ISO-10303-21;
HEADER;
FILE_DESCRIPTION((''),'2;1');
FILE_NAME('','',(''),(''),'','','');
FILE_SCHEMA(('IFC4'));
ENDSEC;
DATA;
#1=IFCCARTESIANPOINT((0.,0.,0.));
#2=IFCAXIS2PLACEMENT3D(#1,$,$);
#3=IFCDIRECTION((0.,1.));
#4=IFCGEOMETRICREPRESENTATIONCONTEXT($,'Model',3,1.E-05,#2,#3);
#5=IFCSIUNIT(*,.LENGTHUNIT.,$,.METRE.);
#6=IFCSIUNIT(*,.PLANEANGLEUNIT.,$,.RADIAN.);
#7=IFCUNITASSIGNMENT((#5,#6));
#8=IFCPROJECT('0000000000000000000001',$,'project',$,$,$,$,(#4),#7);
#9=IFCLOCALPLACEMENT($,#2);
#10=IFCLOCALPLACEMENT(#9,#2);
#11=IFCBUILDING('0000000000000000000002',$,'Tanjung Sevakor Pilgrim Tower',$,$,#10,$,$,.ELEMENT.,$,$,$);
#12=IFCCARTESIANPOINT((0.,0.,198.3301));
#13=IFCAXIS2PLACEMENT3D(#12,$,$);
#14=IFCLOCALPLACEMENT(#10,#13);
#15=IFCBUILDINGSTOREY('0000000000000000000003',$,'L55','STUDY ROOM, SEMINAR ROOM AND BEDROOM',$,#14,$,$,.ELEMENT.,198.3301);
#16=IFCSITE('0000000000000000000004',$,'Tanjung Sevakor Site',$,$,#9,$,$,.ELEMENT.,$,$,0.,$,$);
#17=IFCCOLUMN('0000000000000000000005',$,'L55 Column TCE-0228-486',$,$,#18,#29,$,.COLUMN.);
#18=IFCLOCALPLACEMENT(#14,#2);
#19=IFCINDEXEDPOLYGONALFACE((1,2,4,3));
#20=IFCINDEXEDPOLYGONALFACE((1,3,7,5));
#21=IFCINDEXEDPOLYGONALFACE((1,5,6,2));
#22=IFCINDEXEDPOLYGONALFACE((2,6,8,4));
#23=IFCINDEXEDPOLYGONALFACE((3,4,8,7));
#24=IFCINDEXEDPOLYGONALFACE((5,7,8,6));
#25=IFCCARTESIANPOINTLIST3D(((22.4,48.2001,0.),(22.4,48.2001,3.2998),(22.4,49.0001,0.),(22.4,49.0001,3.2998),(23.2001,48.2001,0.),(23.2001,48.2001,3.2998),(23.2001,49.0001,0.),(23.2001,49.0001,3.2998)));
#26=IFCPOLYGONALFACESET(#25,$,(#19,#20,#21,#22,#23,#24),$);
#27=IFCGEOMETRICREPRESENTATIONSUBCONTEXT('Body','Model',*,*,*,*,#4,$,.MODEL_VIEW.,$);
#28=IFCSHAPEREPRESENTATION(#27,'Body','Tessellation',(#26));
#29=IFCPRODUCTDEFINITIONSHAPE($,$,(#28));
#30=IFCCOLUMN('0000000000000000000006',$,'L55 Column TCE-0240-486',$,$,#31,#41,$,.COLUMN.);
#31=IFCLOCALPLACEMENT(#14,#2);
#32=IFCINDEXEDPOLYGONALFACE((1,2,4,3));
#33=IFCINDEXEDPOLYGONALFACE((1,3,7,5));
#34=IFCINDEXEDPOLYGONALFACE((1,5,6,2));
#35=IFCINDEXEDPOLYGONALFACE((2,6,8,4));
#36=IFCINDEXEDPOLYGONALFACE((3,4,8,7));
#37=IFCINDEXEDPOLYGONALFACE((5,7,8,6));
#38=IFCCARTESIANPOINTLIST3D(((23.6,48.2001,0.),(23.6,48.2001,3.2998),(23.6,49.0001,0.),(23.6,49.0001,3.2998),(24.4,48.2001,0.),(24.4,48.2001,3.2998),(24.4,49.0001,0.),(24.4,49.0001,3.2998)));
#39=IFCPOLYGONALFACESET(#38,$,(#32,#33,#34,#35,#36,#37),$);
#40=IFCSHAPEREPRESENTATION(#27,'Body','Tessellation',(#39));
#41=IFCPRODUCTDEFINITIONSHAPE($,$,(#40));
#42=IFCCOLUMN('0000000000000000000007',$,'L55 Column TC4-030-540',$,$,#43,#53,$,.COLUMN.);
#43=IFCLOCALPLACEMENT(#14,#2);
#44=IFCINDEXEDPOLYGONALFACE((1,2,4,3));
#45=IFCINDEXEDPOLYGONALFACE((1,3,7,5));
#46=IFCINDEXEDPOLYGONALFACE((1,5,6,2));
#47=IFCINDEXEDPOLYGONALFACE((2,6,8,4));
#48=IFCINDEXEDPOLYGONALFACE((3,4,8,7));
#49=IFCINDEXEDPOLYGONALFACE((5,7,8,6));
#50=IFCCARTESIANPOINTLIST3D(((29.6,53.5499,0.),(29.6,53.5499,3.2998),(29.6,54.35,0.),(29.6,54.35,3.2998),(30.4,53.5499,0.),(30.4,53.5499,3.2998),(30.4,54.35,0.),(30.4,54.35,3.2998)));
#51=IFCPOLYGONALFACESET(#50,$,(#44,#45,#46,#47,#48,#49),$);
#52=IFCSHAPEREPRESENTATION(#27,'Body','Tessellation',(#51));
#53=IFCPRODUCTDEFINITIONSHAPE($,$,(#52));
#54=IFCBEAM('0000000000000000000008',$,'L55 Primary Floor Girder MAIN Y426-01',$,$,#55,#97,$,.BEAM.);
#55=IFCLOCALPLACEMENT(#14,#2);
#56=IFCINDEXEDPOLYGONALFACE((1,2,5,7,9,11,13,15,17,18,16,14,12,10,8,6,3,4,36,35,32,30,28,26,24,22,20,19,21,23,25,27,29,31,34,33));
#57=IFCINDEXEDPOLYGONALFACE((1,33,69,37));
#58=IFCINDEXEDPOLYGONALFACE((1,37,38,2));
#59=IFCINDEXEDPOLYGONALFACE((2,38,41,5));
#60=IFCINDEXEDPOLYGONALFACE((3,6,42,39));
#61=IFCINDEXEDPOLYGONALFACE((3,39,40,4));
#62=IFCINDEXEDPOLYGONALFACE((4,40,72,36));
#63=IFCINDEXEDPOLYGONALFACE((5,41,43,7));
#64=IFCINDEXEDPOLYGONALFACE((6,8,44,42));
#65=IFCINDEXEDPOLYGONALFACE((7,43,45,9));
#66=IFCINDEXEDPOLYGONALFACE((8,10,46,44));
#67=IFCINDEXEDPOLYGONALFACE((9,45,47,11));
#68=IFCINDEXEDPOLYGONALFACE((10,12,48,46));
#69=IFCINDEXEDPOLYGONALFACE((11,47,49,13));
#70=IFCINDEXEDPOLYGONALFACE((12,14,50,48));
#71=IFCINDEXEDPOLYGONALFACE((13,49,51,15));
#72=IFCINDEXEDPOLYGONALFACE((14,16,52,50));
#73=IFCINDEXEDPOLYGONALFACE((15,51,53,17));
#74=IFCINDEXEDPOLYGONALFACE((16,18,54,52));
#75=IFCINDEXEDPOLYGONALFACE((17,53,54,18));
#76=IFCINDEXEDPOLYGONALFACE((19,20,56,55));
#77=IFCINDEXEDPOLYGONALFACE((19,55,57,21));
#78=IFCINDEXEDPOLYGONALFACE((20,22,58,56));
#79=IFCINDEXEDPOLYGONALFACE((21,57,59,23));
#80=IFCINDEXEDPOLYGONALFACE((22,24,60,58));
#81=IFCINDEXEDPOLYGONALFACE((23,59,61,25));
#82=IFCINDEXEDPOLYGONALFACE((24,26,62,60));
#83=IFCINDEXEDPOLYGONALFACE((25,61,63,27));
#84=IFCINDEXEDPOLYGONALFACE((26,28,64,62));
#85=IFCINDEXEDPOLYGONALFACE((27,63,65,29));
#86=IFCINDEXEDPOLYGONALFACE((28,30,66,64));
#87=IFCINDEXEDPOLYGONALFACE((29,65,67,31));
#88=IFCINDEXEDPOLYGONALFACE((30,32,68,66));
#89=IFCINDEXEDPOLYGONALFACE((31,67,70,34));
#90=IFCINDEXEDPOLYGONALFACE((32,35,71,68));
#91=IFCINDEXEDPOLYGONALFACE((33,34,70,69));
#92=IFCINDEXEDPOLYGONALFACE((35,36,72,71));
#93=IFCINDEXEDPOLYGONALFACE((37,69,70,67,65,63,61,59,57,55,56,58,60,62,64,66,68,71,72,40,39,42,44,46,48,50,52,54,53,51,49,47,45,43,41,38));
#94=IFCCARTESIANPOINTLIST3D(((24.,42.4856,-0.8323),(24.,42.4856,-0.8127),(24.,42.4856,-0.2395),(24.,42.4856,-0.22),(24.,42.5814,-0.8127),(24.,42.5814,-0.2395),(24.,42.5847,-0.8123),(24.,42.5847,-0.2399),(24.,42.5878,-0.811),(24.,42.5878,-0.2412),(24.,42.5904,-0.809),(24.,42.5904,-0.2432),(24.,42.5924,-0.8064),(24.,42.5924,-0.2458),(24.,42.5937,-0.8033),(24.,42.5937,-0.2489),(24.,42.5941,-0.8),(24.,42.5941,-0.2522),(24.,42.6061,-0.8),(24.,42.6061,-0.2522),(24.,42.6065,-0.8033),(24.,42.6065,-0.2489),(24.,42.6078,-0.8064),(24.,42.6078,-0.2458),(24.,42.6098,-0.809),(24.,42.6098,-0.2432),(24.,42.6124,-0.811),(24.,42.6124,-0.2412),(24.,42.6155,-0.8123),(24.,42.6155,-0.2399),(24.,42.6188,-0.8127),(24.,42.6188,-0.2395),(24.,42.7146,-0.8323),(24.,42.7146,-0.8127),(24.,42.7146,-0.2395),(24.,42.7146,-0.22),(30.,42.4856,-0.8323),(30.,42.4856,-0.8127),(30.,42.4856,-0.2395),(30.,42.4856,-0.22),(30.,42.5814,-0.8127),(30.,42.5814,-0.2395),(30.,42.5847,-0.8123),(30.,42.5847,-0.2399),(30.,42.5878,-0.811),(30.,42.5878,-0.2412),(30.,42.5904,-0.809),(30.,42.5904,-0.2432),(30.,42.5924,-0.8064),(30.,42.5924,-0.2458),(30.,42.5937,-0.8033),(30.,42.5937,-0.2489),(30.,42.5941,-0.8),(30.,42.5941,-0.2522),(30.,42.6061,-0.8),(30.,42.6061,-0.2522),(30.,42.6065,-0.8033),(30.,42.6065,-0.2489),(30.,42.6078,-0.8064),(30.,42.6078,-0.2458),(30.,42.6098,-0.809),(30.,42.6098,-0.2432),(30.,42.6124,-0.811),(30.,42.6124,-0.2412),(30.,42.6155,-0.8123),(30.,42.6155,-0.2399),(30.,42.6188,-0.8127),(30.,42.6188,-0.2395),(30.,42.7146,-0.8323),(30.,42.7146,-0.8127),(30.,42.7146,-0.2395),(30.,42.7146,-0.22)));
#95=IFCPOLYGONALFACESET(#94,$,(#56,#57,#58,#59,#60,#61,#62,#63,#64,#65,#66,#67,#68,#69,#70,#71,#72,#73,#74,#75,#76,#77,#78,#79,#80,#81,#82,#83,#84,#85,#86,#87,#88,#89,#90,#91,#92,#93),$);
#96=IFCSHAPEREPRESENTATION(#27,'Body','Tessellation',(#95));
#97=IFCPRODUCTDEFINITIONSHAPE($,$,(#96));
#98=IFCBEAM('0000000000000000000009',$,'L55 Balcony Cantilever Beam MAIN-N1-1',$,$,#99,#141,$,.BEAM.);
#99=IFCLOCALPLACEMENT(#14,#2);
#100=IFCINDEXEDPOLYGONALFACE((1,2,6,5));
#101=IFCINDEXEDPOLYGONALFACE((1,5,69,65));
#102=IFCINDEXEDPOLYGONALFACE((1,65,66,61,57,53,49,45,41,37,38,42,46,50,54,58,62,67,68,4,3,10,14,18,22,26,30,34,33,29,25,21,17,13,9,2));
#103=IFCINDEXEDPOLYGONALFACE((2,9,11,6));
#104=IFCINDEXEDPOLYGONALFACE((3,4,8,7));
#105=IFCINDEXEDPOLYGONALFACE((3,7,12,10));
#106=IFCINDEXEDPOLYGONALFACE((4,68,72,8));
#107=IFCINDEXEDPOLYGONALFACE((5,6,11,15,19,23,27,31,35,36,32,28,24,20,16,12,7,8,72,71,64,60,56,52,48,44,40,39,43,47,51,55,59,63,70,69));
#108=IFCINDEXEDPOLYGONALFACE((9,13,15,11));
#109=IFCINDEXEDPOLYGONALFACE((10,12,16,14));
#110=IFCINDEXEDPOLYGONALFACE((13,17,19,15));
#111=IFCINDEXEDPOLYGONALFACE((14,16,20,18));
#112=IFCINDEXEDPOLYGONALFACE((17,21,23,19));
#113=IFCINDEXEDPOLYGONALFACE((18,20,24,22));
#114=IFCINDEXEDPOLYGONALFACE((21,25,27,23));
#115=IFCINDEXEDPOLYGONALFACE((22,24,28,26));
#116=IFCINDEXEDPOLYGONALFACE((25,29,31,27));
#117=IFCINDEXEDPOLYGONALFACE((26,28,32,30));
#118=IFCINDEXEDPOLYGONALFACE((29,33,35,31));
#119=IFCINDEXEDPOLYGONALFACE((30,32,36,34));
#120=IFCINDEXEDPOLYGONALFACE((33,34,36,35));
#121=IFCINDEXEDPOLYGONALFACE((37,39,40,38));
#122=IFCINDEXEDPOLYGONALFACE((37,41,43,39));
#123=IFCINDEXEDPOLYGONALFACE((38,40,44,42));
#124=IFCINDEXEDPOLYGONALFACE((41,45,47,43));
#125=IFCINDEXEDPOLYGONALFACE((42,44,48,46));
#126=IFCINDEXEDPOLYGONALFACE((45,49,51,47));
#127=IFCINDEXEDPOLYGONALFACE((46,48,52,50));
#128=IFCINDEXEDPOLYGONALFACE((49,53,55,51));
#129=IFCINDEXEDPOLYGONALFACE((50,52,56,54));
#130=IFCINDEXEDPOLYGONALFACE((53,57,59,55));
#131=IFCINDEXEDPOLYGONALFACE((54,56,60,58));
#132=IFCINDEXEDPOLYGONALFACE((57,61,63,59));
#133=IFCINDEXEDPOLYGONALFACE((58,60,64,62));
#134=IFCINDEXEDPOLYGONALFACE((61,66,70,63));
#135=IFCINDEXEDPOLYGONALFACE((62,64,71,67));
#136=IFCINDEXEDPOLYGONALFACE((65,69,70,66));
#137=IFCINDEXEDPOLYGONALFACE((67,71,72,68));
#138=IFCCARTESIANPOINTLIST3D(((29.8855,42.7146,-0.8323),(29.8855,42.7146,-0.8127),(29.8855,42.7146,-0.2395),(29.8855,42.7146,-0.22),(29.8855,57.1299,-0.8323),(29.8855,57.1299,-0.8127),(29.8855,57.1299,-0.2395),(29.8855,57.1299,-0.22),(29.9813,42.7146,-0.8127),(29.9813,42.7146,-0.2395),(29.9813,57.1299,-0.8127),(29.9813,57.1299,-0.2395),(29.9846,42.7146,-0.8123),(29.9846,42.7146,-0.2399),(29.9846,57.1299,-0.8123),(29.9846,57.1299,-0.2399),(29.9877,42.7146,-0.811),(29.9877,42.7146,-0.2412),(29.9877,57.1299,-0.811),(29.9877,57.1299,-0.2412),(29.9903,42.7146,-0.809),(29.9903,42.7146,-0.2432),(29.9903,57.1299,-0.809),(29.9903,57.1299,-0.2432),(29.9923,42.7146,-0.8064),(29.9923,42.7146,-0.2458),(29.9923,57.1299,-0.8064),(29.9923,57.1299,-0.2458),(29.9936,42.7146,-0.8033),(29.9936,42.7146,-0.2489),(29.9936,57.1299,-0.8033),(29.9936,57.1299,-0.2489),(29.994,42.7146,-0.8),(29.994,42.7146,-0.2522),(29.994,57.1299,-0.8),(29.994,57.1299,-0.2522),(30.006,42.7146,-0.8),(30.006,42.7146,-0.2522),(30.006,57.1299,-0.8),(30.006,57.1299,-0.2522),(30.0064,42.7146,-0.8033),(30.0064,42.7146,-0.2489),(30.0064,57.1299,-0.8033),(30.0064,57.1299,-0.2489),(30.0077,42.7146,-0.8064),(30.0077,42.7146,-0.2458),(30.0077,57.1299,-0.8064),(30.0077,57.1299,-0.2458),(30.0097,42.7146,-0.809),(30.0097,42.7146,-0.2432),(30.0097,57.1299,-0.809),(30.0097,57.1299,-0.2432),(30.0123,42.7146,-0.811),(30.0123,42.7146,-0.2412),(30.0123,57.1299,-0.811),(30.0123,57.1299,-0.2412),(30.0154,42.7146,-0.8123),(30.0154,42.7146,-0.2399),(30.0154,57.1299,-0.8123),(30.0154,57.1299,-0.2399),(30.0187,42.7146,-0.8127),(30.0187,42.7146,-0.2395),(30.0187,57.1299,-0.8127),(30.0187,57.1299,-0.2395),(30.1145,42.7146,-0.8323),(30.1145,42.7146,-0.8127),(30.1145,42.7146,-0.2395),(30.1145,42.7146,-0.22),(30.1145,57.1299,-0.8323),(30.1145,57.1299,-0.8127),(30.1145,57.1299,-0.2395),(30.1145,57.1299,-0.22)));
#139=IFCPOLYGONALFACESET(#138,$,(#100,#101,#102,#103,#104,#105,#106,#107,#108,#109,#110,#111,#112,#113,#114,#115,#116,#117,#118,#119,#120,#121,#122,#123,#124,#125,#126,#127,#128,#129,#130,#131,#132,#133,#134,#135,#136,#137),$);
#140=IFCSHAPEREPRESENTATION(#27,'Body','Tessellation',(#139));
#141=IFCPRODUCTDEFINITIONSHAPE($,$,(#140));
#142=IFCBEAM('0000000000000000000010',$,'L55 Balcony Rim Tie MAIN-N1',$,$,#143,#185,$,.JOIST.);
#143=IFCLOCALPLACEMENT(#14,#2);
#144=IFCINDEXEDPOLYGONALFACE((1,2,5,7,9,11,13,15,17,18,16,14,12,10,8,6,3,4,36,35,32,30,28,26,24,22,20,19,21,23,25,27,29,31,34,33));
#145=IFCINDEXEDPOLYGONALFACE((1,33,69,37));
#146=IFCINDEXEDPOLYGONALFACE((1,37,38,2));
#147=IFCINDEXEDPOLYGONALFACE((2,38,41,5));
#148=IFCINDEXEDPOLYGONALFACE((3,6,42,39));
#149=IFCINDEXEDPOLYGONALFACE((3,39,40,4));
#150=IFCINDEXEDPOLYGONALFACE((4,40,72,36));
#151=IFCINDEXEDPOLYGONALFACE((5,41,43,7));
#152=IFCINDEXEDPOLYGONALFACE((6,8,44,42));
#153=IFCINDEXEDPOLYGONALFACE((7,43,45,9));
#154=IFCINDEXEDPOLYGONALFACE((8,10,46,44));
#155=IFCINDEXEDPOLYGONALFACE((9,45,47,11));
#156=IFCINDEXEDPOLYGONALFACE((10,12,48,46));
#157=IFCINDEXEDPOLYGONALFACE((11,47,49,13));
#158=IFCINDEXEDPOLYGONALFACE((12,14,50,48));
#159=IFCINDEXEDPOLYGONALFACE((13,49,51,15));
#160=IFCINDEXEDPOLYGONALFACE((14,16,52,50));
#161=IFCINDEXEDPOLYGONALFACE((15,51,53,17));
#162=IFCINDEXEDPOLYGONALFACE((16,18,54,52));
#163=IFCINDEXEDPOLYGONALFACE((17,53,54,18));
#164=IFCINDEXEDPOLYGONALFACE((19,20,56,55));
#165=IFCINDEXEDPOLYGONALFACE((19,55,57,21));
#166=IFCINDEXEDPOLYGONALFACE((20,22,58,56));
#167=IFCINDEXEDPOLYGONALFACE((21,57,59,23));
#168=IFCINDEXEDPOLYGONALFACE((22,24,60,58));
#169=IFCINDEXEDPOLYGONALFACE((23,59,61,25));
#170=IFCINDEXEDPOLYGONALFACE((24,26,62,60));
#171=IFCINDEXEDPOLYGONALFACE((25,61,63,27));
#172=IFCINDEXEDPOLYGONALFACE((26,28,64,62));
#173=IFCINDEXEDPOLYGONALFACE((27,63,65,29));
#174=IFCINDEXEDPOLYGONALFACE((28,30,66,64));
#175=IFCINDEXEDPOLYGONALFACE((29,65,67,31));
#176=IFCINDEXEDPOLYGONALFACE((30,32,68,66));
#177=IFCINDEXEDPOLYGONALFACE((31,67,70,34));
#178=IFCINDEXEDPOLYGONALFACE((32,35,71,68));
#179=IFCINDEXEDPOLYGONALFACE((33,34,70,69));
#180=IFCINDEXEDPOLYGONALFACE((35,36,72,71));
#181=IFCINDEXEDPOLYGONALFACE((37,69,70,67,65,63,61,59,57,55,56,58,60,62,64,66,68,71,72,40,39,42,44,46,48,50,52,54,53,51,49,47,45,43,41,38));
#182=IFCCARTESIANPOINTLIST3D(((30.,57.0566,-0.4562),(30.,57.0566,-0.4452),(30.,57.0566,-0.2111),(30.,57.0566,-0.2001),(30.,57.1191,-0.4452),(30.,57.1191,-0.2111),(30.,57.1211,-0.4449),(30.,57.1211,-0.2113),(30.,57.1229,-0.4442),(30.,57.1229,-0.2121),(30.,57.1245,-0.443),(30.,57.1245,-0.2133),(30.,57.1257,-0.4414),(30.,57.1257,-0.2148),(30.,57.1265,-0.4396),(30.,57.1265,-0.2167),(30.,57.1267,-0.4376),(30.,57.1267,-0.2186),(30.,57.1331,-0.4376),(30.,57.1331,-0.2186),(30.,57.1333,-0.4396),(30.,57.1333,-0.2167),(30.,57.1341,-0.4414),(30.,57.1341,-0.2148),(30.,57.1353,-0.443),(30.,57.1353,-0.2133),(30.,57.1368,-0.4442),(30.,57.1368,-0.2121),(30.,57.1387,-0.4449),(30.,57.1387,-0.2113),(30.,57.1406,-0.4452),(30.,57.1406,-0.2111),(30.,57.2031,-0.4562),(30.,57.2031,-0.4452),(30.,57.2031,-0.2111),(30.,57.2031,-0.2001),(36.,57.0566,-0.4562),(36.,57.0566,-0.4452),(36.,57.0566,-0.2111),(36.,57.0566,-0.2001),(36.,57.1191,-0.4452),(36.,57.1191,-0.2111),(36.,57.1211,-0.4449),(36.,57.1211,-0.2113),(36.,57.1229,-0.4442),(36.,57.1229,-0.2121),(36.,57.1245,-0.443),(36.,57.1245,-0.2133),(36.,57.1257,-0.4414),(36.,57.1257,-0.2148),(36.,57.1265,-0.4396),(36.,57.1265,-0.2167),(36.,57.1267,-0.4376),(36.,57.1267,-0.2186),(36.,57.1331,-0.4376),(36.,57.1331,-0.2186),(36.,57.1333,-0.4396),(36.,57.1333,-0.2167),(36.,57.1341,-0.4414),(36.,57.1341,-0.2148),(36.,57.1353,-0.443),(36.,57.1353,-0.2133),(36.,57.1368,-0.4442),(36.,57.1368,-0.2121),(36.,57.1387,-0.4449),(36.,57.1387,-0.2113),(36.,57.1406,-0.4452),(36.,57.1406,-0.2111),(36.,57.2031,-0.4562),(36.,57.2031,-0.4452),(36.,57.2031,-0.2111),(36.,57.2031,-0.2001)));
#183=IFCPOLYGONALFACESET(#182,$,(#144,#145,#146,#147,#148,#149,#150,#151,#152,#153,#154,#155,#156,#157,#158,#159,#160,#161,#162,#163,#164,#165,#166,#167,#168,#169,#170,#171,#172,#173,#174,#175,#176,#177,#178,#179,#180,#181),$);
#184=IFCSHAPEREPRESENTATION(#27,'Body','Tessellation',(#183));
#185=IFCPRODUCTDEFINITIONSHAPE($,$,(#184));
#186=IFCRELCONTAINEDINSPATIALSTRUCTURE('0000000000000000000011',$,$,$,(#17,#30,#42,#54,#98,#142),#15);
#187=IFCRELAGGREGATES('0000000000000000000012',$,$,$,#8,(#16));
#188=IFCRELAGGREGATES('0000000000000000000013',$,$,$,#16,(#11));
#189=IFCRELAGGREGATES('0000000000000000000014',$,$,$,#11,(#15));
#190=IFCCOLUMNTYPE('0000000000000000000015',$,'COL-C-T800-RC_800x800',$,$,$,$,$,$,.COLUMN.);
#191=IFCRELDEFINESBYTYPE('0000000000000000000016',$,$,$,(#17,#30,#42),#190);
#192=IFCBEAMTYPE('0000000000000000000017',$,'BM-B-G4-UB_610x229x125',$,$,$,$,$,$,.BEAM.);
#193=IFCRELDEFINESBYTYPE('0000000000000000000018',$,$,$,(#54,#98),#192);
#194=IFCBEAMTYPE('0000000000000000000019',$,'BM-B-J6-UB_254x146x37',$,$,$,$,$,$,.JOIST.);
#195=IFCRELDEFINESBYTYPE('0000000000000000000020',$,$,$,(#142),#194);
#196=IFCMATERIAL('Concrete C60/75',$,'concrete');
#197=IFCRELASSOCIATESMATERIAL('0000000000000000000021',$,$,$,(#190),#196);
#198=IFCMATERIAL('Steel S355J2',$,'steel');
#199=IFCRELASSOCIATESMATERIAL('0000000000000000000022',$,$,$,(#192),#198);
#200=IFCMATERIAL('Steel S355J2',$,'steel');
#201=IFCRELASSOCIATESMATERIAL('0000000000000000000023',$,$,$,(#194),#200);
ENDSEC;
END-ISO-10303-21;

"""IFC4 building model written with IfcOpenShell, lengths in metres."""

from ifc_helpers import new_model, si_unit, direction, frame, origin, origin_2d, place, context, subcontext, project, spatial, rectangle, i_section, extrude, material, material_profile, profile_set, type_object, element, save


model = new_model("IFC4")

# Units and contexts
model_context = context("Model", 3, precision=1e-05, world=origin(), true_north=direction((0.0, 1.0)))
body_context = subcontext(model_context, "Body", "Model", "MODEL_VIEW")
ifc_project = project(units=[si_unit("LENGTHUNIT", "METRE"), si_unit("PLANEANGLEUNIT", "RADIAN")], contexts=[model_context])

# Site, building, storey
site_placement = place(None, origin())
site = spatial("IfcSite", under=ifc_project, at=site_placement, Name="Tanjung Sevakor Site", CompositionType="ELEMENT", RefElevation=0.0)
building_placement = place(site_placement, origin())
building = spatial("IfcBuilding", under=site, at=building_placement, Name="Tanjung Sevakor Pilgrim Tower", CompositionType="ELEMENT")
storey_placement = place(building_placement, frame((0.0, 0.0, 198.3301)))
storey = spatial("IfcBuildingStorey", under=building, at=storey_placement, Name="L55", Description="STUDY ROOM, SEMINAR ROOM AND BEDROOM", CompositionType="ELEMENT", Elevation=198.3301)

# Columns
ifc_material_1 = material(Name="Concrete C60/75", Category="concrete")
ifc_material_profile_1 = material_profile(ifc_material_1, rectangle(XDim=0.8, YDim=0.8, at=origin_2d()))
ifc_profile_set_1 = profile_set([ifc_material_profile_1], Name="Concrete C60/75")
column_type = type_object("IfcColumnType", Name="COL-C-T800-RC_800x800", PredefinedType="COLUMN", material=ifc_profile_set_1)
for number, where, z_axis, x_axis, name in (
    (1, (22.8, 48.6001, 0.0), (0.0, 0.0, 1.0), (1.0, 0.0, 0.0), "L55 Column TCE-0228-486"),
    (2, (24.0, 48.6001, 0.0), (0.0, 0.0, 1.0), (1.0, 0.0, 0.0), "L55 Column TCE-0240-486"),
    (3, (30.0, 53.95, 0.0), (0.0, 0.0, 1.0), (1.0, 0.0, 0.0), "L55 Column TC4-030-540"),
):
    element("IfcColumn", number, at=place(storey_placement, frame(where, z_axis=z_axis, x_axis=x_axis)), inside=storey, type_object=column_type, Name=name, PredefinedType="COLUMN", context=body_context, shape_type="SweptSolid", body=[
        extrude(rectangle(XDim=0.8, YDim=0.8, at=origin_2d()), origin(), (0.0, 0.0, 1.0), 3.2998),
    ])

# Beams
ifc_material_2 = material(Name="Steel S355J2", Category="steel")
ifc_material_profile_2 = material_profile(ifc_material_2, i_section(OverallWidth=0.229, OverallDepth=0.6123, WebThickness=0.012, FlangeThickness=0.0195, FilletRadius=0.0127, at=origin_2d()))
ifc_profile_set_2 = profile_set([ifc_material_profile_2], Name="Steel S355J2")
beam_type_1 = type_object("IfcBeamType", Name="BM-B-G4-UB_610x229x125", PredefinedType="BEAM", material=ifc_profile_set_2)
beam_1_placement = place(storey_placement, frame((24.0, 42.6001, -0.5261), z_axis=(1.0, 0.0, 0.0), x_axis=(0.0, 1.0, 0.0)))
element("IfcBeam", 4, at=beam_1_placement, inside=storey, type_object=beam_type_1, Name="L55 Primary Floor Girder MAIN Y426-01", PredefinedType="BEAM", context=body_context, shape_type="SweptSolid", body=[
    extrude(i_section(OverallWidth=0.229, OverallDepth=0.6123, WebThickness=0.012, FlangeThickness=0.0195, FilletRadius=0.0127, at=origin_2d()), origin(), (0.0, 0.0, 1.0), 6.0),
])
beam_2_placement = place(storey_placement, frame((30.0, 42.7146, -0.5261), z_axis=(0.0, 1.0, 0.0), x_axis=(-1.0, 0.0, 0.0)))
element("IfcBeam", 5, at=beam_2_placement, inside=storey, type_object=beam_type_1, Name="L55 Balcony Cantilever Beam MAIN-N1-1", PredefinedType="BEAM", context=body_context, shape_type="SweptSolid", body=[
    extrude(i_section(OverallWidth=0.229, OverallDepth=0.6123, WebThickness=0.012, FlangeThickness=0.0195, FilletRadius=0.0127, at=origin_2d()), origin(), (0.0, 0.0, 1.0), 14.4153),
])
ifc_material_3 = material(Name="Steel S355J2", Category="steel")
ifc_material_profile_3 = material_profile(ifc_material_3, i_section(OverallWidth=0.1465, OverallDepth=0.2561, WebThickness=0.0063, FlangeThickness=0.011, FilletRadius=0.0076, at=origin_2d()))
ifc_profile_set_3 = profile_set([ifc_material_profile_3], Name="Steel S355J2")
beam_type_2 = type_object("IfcBeamType", Name="BM-B-J6-UB_254x146x37", PredefinedType="JOIST", material=ifc_profile_set_3)
beam_3_placement = place(storey_placement, frame((30.0, 57.1299, -0.3281), z_axis=(1.0, 0.0, 0.0), x_axis=(0.0, 1.0, 0.0)))
element("IfcBeam", 6, at=beam_3_placement, inside=storey, type_object=beam_type_2, Name="L55 Balcony Rim Tie MAIN-N1", PredefinedType="JOIST", context=body_context, shape_type="SweptSolid", body=[
    extrude(i_section(OverallWidth=0.1465, OverallDepth=0.2561, WebThickness=0.0063, FlangeThickness=0.011, FilletRadius=0.0076, at=origin_2d()), origin(), (0.0, 0.0, 1.0), 6.0),
])

save(model, "model.ifc")
